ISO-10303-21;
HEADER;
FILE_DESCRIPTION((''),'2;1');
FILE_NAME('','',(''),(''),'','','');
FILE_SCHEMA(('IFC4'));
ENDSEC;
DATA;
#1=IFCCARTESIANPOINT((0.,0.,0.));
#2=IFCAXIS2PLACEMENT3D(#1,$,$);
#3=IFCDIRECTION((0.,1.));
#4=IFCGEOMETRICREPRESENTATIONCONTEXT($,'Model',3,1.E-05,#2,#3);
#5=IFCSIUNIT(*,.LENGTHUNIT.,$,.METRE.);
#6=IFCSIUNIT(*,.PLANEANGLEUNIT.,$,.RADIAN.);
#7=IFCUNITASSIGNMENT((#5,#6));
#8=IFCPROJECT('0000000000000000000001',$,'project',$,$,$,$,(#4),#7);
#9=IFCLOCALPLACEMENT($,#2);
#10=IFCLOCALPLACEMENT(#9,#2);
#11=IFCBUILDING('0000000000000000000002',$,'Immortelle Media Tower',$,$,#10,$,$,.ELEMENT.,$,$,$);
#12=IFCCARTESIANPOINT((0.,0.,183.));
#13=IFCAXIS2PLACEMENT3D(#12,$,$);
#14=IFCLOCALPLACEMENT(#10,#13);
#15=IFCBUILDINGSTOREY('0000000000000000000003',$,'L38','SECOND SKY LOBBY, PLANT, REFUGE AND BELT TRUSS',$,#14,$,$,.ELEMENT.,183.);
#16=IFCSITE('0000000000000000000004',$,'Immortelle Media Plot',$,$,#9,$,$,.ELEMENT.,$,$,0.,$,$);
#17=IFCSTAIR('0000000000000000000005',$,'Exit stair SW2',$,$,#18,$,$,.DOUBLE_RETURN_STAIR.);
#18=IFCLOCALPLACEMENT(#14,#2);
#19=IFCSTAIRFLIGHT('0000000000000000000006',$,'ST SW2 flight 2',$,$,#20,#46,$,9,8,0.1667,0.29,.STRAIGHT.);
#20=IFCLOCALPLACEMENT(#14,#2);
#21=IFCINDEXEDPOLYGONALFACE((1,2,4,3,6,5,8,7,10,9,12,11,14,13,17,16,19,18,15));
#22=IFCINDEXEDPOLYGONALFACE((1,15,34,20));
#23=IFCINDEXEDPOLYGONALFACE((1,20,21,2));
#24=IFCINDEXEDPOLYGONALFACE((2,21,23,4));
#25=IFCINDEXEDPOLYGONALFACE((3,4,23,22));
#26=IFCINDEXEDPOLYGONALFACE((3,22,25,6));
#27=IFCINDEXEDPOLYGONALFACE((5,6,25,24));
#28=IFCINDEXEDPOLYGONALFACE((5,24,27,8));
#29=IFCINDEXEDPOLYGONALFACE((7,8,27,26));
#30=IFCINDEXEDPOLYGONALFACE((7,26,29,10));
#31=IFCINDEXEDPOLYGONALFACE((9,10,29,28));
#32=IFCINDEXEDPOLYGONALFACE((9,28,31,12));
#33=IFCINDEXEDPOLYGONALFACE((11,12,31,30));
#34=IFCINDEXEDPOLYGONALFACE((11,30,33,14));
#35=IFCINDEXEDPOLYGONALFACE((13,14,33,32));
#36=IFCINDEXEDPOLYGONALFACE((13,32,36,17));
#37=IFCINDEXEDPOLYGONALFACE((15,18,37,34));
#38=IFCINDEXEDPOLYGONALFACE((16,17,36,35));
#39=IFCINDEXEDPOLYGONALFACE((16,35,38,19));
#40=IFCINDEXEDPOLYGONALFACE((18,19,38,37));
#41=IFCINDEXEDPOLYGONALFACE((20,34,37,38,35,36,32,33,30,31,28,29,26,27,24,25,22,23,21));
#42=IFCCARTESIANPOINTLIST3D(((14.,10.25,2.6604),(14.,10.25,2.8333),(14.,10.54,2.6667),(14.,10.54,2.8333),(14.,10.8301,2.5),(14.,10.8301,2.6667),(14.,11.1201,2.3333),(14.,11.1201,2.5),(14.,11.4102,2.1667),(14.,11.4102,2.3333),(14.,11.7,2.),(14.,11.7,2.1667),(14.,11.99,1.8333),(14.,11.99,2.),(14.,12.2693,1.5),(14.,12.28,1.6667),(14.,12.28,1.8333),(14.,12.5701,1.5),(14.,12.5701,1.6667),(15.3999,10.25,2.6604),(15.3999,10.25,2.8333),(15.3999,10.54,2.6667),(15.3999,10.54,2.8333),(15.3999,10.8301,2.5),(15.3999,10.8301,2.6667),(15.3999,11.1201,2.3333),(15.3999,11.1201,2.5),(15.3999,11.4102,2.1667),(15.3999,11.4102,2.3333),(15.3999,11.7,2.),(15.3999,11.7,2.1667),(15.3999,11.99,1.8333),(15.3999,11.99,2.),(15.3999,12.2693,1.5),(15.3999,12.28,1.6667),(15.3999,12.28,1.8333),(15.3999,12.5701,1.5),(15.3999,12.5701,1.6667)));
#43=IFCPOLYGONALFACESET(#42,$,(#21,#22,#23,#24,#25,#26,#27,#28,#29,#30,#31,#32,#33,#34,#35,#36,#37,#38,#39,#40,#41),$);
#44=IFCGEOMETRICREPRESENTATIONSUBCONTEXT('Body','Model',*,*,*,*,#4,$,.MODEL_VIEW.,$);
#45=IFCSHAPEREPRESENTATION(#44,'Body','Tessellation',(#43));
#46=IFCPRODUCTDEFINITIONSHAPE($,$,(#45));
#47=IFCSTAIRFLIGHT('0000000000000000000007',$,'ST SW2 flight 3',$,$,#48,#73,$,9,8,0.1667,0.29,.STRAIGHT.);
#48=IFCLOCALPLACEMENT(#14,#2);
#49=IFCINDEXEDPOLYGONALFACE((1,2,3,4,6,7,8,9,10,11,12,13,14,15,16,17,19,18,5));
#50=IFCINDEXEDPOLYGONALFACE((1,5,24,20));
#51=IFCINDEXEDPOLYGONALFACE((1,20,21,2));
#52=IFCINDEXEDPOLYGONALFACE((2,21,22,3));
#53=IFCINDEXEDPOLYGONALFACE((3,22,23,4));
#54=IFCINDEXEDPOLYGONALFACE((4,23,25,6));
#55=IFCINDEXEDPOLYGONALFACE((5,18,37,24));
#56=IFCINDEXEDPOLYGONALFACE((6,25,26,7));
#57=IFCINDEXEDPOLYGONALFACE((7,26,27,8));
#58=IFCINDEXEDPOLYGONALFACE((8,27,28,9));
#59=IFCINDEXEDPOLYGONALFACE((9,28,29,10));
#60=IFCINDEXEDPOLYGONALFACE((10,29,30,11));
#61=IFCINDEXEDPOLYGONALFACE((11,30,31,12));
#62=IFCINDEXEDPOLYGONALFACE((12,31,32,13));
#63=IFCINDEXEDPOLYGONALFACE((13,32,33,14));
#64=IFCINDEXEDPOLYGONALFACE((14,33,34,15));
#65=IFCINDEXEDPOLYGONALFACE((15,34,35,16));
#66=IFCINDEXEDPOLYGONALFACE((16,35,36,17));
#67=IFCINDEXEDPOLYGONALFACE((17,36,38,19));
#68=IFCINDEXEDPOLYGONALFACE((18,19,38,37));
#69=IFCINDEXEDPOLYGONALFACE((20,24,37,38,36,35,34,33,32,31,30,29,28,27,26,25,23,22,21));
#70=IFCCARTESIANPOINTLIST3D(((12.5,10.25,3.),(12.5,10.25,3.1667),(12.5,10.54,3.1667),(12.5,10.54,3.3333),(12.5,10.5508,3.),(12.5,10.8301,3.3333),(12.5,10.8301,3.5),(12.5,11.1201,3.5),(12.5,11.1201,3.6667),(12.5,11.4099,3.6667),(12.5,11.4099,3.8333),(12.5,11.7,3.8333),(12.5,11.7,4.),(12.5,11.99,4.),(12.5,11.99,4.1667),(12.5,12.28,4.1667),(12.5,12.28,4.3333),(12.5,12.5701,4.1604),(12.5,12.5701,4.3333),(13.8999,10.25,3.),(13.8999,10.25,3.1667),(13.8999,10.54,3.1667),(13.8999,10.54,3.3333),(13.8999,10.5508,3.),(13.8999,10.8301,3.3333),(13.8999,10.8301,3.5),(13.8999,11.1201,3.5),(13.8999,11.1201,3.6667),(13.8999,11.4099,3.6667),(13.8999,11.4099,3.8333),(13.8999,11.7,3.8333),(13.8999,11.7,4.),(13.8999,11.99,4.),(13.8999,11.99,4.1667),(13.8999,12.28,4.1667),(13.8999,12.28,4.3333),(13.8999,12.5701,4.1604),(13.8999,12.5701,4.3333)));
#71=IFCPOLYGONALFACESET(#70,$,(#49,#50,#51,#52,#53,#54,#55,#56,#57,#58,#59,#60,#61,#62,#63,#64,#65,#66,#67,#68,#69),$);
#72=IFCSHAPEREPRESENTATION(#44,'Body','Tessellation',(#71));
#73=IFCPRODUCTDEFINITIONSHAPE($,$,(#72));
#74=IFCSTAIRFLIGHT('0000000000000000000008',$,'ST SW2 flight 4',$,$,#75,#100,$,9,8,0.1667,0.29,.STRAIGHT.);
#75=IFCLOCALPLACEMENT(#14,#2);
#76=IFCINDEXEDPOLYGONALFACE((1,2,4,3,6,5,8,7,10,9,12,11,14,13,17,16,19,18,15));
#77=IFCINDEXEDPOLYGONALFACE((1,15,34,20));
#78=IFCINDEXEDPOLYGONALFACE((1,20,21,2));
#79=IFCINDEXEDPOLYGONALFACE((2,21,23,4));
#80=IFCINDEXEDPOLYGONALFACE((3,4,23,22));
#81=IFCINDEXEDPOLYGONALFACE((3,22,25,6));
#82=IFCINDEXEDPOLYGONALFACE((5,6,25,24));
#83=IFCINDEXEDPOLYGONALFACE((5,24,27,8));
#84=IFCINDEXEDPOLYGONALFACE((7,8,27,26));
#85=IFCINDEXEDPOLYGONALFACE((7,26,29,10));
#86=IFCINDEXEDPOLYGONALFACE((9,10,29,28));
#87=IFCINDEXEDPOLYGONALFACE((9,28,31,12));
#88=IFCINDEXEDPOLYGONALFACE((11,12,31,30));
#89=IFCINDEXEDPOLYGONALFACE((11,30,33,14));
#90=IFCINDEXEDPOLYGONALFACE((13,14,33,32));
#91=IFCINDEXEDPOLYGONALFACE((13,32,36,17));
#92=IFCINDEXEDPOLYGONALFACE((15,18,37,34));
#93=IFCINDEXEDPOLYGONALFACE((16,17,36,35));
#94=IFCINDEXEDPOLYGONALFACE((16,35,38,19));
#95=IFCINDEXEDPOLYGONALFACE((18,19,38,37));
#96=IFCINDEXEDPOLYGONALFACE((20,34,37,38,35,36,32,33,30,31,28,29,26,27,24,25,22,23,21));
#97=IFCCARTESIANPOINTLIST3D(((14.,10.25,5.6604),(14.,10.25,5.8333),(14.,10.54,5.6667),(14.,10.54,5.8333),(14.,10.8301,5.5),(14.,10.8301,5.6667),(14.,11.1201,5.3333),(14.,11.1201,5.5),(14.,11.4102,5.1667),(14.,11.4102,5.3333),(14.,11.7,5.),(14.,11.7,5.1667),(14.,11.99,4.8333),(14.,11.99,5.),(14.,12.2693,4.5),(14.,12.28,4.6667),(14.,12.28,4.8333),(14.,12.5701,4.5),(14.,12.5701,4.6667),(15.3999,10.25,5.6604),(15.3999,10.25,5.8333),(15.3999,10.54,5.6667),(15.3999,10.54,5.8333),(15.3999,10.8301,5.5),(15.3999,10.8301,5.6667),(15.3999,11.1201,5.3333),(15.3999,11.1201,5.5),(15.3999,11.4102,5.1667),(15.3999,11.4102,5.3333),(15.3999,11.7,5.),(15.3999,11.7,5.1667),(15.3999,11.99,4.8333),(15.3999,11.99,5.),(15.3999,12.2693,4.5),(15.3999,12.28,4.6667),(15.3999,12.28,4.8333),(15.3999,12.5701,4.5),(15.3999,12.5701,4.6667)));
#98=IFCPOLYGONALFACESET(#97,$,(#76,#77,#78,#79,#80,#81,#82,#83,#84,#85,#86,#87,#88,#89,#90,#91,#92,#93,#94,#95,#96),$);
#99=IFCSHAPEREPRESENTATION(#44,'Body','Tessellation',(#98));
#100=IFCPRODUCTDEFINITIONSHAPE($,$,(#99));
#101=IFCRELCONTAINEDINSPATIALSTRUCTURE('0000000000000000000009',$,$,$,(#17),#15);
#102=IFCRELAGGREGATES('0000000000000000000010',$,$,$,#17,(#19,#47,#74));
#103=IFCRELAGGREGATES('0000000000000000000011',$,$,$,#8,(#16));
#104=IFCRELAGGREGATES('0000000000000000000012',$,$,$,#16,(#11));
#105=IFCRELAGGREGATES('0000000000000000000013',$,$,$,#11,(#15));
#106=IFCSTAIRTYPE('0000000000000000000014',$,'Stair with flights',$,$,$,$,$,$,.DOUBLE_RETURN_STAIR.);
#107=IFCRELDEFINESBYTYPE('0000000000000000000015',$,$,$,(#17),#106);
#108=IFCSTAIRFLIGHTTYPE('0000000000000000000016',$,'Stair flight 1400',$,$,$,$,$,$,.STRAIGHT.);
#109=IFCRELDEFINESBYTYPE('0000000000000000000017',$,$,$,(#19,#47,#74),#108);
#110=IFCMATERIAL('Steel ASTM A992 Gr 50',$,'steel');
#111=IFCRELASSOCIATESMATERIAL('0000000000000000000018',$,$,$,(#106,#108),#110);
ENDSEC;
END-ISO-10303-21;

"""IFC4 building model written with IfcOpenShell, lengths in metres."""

from ifc_helpers import new_model, si_unit, direction, frame, origin, place, context, subcontext, project, spatial, polyline, outline, extrude, material, type_object, element, aggregate, save


model = new_model("IFC4")

# Units and contexts
model_context = context("Model", 3, precision=1e-05, world=origin(), true_north=direction((0.0, 1.0)))
body_context = subcontext(model_context, "Body", "Model", "MODEL_VIEW")
ifc_project = project(units=[si_unit("LENGTHUNIT", "METRE"), si_unit("PLANEANGLEUNIT", "RADIAN")], contexts=[model_context])

# Site, building, storey
site_placement = place(None, origin())
site = spatial("IfcSite", under=ifc_project, at=site_placement, Name="Immortelle Media Plot", CompositionType="ELEMENT", RefElevation=0.0)
building_placement = place(site_placement, origin())
building = spatial("IfcBuilding", under=site, at=building_placement, Name="Immortelle Media Tower", CompositionType="ELEMENT")
storey_placement = place(building_placement, frame((0.0, 0.0, 183.0)))
storey = spatial("IfcBuildingStorey", under=building, at=storey_placement, Name="L38", Description="SECOND SKY LOBBY, PLANT, REFUGE AND BELT TRUSS", CompositionType="ELEMENT", Elevation=183.0)

# Shared definitions
ifc_material_1 = material(Name="Steel ASTM A992 Gr 50", Category="steel")

# Stair, stair flights
stair_type = type_object("IfcStairType", Name="Stair with flights", PredefinedType="DOUBLE_RETURN_STAIR", material=ifc_material_1)
stair_flight_type = type_object("IfcStairFlightType", Name="Stair flight 1400", PredefinedType="STRAIGHT", material=ifc_material_1)
stair_1_placement = place(storey_placement, origin())
stair_1 = element("IfcStair", 1, at=stair_1_placement, inside=storey, type_object=stair_type, Name="Exit stair SW2", PredefinedType="DOUBLE_RETURN_STAIR")
stair_flight_1_placement = place(storey_placement, frame((14.7, 12.5701, 1.5), z_axis=(0.0, 0.0, 1.0), x_axis=(0.0, -1.0, 0.0)))
stair_flight_1 = element("IfcStairFlight", 2, at=stair_flight_1_placement, type_object=stair_flight_type, Name="ST SW2 flight 2", NumberOfRisers=9, NumberOfTreads=8, PredefinedType="STRAIGHT", RiserHeight=0.1667, TreadLength=0.29, context=body_context, shape_type="SweptSolid", body=[
    extrude(outline(polyline([(0.0, 0.0), (0.0, 0.1667), (0.29, 0.1667), (0.29, 0.3333), (0.5801, 0.3333), (0.5801, 0.5), (0.8701, 0.5), (0.8701, 0.6667), (1.1599, 0.6667), (1.1599, 0.8333), (1.45, 0.8333), (1.45, 1.0), (1.74, 1.0), (1.74, 1.1667), (2.03, 1.1667), (2.03, 1.3333), (2.3201, 1.3333), (2.3201, 1.5), (2.3201, 1.1604), (0.3008, 0.0), (0.0, 0.0)])), frame((0.0, 0.7, 0.0), z_axis=(0.0, -1.0, 0.0), x_axis=(1.0, 0.0, 0.0)), (0.0, 0.0, 1.0), 1.3999),
])
stair_flight_2_placement = place(storey_placement, frame((13.2, 10.25, 3.0), z_axis=(0.0, 0.0, 1.0), x_axis=(0.0, 1.0, 0.0)))
stair_flight_2 = element("IfcStairFlight", 3, at=stair_flight_2_placement, type_object=stair_flight_type, Name="ST SW2 flight 3", NumberOfRisers=9, NumberOfTreads=8, PredefinedType="STRAIGHT", RiserHeight=0.1667, TreadLength=0.29, context=body_context, shape_type="SweptSolid", body=[
    extrude(outline(polyline([(0.0, 0.0), (0.0, 0.1667), (0.29, 0.1667), (0.29, 0.3333), (0.5801, 0.3333), (0.5801, 0.5), (0.8701, 0.5), (0.8701, 0.6667), (1.1599, 0.6667), (1.1599, 0.8333), (1.45, 0.8333), (1.45, 1.0), (1.74, 1.0), (1.74, 1.1667), (2.03, 1.1667), (2.03, 1.3333), (2.3201, 1.3333), (2.3201, 1.5), (2.3201, 1.1604), (0.3008, 0.0), (0.0, 0.0)])), frame((0.0, 0.7, 0.0), z_axis=(0.0, -1.0, 0.0), x_axis=(1.0, 0.0, 0.0)), (0.0, 0.0, 1.0), 1.3999),
])
stair_flight_3_placement = place(storey_placement, frame((14.7, 12.5701, 4.5), z_axis=(0.0, 0.0, 1.0), x_axis=(0.0, -1.0, 0.0)))
stair_flight_3 = element("IfcStairFlight", 4, at=stair_flight_3_placement, type_object=stair_flight_type, Name="ST SW2 flight 4", NumberOfRisers=9, NumberOfTreads=8, PredefinedType="STRAIGHT", RiserHeight=0.1667, TreadLength=0.29, context=body_context, shape_type="SweptSolid", body=[
    extrude(outline(polyline([(0.0, 0.0), (0.0, 0.1667), (0.29, 0.1667), (0.29, 0.3333), (0.5801, 0.3333), (0.5801, 0.5), (0.8701, 0.5), (0.8701, 0.6667), (1.1599, 0.6667), (1.1599, 0.8333), (1.45, 0.8333), (1.45, 1.0), (1.74, 1.0), (1.74, 1.1667), (2.03, 1.1667), (2.03, 1.3333), (2.3201, 1.3333), (2.3201, 1.5), (2.3201, 1.1604), (0.3008, 0.0), (0.0, 0.0)])), frame((0.0, 0.7, 0.0), z_axis=(0.0, -1.0, 0.0), x_axis=(1.0, 0.0, 0.0)), (0.0, 0.0, 1.0), 1.3999),
])
aggregate(stair_1, [stair_flight_1, stair_flight_2, stair_flight_3])

save(model, "model.ifc")
